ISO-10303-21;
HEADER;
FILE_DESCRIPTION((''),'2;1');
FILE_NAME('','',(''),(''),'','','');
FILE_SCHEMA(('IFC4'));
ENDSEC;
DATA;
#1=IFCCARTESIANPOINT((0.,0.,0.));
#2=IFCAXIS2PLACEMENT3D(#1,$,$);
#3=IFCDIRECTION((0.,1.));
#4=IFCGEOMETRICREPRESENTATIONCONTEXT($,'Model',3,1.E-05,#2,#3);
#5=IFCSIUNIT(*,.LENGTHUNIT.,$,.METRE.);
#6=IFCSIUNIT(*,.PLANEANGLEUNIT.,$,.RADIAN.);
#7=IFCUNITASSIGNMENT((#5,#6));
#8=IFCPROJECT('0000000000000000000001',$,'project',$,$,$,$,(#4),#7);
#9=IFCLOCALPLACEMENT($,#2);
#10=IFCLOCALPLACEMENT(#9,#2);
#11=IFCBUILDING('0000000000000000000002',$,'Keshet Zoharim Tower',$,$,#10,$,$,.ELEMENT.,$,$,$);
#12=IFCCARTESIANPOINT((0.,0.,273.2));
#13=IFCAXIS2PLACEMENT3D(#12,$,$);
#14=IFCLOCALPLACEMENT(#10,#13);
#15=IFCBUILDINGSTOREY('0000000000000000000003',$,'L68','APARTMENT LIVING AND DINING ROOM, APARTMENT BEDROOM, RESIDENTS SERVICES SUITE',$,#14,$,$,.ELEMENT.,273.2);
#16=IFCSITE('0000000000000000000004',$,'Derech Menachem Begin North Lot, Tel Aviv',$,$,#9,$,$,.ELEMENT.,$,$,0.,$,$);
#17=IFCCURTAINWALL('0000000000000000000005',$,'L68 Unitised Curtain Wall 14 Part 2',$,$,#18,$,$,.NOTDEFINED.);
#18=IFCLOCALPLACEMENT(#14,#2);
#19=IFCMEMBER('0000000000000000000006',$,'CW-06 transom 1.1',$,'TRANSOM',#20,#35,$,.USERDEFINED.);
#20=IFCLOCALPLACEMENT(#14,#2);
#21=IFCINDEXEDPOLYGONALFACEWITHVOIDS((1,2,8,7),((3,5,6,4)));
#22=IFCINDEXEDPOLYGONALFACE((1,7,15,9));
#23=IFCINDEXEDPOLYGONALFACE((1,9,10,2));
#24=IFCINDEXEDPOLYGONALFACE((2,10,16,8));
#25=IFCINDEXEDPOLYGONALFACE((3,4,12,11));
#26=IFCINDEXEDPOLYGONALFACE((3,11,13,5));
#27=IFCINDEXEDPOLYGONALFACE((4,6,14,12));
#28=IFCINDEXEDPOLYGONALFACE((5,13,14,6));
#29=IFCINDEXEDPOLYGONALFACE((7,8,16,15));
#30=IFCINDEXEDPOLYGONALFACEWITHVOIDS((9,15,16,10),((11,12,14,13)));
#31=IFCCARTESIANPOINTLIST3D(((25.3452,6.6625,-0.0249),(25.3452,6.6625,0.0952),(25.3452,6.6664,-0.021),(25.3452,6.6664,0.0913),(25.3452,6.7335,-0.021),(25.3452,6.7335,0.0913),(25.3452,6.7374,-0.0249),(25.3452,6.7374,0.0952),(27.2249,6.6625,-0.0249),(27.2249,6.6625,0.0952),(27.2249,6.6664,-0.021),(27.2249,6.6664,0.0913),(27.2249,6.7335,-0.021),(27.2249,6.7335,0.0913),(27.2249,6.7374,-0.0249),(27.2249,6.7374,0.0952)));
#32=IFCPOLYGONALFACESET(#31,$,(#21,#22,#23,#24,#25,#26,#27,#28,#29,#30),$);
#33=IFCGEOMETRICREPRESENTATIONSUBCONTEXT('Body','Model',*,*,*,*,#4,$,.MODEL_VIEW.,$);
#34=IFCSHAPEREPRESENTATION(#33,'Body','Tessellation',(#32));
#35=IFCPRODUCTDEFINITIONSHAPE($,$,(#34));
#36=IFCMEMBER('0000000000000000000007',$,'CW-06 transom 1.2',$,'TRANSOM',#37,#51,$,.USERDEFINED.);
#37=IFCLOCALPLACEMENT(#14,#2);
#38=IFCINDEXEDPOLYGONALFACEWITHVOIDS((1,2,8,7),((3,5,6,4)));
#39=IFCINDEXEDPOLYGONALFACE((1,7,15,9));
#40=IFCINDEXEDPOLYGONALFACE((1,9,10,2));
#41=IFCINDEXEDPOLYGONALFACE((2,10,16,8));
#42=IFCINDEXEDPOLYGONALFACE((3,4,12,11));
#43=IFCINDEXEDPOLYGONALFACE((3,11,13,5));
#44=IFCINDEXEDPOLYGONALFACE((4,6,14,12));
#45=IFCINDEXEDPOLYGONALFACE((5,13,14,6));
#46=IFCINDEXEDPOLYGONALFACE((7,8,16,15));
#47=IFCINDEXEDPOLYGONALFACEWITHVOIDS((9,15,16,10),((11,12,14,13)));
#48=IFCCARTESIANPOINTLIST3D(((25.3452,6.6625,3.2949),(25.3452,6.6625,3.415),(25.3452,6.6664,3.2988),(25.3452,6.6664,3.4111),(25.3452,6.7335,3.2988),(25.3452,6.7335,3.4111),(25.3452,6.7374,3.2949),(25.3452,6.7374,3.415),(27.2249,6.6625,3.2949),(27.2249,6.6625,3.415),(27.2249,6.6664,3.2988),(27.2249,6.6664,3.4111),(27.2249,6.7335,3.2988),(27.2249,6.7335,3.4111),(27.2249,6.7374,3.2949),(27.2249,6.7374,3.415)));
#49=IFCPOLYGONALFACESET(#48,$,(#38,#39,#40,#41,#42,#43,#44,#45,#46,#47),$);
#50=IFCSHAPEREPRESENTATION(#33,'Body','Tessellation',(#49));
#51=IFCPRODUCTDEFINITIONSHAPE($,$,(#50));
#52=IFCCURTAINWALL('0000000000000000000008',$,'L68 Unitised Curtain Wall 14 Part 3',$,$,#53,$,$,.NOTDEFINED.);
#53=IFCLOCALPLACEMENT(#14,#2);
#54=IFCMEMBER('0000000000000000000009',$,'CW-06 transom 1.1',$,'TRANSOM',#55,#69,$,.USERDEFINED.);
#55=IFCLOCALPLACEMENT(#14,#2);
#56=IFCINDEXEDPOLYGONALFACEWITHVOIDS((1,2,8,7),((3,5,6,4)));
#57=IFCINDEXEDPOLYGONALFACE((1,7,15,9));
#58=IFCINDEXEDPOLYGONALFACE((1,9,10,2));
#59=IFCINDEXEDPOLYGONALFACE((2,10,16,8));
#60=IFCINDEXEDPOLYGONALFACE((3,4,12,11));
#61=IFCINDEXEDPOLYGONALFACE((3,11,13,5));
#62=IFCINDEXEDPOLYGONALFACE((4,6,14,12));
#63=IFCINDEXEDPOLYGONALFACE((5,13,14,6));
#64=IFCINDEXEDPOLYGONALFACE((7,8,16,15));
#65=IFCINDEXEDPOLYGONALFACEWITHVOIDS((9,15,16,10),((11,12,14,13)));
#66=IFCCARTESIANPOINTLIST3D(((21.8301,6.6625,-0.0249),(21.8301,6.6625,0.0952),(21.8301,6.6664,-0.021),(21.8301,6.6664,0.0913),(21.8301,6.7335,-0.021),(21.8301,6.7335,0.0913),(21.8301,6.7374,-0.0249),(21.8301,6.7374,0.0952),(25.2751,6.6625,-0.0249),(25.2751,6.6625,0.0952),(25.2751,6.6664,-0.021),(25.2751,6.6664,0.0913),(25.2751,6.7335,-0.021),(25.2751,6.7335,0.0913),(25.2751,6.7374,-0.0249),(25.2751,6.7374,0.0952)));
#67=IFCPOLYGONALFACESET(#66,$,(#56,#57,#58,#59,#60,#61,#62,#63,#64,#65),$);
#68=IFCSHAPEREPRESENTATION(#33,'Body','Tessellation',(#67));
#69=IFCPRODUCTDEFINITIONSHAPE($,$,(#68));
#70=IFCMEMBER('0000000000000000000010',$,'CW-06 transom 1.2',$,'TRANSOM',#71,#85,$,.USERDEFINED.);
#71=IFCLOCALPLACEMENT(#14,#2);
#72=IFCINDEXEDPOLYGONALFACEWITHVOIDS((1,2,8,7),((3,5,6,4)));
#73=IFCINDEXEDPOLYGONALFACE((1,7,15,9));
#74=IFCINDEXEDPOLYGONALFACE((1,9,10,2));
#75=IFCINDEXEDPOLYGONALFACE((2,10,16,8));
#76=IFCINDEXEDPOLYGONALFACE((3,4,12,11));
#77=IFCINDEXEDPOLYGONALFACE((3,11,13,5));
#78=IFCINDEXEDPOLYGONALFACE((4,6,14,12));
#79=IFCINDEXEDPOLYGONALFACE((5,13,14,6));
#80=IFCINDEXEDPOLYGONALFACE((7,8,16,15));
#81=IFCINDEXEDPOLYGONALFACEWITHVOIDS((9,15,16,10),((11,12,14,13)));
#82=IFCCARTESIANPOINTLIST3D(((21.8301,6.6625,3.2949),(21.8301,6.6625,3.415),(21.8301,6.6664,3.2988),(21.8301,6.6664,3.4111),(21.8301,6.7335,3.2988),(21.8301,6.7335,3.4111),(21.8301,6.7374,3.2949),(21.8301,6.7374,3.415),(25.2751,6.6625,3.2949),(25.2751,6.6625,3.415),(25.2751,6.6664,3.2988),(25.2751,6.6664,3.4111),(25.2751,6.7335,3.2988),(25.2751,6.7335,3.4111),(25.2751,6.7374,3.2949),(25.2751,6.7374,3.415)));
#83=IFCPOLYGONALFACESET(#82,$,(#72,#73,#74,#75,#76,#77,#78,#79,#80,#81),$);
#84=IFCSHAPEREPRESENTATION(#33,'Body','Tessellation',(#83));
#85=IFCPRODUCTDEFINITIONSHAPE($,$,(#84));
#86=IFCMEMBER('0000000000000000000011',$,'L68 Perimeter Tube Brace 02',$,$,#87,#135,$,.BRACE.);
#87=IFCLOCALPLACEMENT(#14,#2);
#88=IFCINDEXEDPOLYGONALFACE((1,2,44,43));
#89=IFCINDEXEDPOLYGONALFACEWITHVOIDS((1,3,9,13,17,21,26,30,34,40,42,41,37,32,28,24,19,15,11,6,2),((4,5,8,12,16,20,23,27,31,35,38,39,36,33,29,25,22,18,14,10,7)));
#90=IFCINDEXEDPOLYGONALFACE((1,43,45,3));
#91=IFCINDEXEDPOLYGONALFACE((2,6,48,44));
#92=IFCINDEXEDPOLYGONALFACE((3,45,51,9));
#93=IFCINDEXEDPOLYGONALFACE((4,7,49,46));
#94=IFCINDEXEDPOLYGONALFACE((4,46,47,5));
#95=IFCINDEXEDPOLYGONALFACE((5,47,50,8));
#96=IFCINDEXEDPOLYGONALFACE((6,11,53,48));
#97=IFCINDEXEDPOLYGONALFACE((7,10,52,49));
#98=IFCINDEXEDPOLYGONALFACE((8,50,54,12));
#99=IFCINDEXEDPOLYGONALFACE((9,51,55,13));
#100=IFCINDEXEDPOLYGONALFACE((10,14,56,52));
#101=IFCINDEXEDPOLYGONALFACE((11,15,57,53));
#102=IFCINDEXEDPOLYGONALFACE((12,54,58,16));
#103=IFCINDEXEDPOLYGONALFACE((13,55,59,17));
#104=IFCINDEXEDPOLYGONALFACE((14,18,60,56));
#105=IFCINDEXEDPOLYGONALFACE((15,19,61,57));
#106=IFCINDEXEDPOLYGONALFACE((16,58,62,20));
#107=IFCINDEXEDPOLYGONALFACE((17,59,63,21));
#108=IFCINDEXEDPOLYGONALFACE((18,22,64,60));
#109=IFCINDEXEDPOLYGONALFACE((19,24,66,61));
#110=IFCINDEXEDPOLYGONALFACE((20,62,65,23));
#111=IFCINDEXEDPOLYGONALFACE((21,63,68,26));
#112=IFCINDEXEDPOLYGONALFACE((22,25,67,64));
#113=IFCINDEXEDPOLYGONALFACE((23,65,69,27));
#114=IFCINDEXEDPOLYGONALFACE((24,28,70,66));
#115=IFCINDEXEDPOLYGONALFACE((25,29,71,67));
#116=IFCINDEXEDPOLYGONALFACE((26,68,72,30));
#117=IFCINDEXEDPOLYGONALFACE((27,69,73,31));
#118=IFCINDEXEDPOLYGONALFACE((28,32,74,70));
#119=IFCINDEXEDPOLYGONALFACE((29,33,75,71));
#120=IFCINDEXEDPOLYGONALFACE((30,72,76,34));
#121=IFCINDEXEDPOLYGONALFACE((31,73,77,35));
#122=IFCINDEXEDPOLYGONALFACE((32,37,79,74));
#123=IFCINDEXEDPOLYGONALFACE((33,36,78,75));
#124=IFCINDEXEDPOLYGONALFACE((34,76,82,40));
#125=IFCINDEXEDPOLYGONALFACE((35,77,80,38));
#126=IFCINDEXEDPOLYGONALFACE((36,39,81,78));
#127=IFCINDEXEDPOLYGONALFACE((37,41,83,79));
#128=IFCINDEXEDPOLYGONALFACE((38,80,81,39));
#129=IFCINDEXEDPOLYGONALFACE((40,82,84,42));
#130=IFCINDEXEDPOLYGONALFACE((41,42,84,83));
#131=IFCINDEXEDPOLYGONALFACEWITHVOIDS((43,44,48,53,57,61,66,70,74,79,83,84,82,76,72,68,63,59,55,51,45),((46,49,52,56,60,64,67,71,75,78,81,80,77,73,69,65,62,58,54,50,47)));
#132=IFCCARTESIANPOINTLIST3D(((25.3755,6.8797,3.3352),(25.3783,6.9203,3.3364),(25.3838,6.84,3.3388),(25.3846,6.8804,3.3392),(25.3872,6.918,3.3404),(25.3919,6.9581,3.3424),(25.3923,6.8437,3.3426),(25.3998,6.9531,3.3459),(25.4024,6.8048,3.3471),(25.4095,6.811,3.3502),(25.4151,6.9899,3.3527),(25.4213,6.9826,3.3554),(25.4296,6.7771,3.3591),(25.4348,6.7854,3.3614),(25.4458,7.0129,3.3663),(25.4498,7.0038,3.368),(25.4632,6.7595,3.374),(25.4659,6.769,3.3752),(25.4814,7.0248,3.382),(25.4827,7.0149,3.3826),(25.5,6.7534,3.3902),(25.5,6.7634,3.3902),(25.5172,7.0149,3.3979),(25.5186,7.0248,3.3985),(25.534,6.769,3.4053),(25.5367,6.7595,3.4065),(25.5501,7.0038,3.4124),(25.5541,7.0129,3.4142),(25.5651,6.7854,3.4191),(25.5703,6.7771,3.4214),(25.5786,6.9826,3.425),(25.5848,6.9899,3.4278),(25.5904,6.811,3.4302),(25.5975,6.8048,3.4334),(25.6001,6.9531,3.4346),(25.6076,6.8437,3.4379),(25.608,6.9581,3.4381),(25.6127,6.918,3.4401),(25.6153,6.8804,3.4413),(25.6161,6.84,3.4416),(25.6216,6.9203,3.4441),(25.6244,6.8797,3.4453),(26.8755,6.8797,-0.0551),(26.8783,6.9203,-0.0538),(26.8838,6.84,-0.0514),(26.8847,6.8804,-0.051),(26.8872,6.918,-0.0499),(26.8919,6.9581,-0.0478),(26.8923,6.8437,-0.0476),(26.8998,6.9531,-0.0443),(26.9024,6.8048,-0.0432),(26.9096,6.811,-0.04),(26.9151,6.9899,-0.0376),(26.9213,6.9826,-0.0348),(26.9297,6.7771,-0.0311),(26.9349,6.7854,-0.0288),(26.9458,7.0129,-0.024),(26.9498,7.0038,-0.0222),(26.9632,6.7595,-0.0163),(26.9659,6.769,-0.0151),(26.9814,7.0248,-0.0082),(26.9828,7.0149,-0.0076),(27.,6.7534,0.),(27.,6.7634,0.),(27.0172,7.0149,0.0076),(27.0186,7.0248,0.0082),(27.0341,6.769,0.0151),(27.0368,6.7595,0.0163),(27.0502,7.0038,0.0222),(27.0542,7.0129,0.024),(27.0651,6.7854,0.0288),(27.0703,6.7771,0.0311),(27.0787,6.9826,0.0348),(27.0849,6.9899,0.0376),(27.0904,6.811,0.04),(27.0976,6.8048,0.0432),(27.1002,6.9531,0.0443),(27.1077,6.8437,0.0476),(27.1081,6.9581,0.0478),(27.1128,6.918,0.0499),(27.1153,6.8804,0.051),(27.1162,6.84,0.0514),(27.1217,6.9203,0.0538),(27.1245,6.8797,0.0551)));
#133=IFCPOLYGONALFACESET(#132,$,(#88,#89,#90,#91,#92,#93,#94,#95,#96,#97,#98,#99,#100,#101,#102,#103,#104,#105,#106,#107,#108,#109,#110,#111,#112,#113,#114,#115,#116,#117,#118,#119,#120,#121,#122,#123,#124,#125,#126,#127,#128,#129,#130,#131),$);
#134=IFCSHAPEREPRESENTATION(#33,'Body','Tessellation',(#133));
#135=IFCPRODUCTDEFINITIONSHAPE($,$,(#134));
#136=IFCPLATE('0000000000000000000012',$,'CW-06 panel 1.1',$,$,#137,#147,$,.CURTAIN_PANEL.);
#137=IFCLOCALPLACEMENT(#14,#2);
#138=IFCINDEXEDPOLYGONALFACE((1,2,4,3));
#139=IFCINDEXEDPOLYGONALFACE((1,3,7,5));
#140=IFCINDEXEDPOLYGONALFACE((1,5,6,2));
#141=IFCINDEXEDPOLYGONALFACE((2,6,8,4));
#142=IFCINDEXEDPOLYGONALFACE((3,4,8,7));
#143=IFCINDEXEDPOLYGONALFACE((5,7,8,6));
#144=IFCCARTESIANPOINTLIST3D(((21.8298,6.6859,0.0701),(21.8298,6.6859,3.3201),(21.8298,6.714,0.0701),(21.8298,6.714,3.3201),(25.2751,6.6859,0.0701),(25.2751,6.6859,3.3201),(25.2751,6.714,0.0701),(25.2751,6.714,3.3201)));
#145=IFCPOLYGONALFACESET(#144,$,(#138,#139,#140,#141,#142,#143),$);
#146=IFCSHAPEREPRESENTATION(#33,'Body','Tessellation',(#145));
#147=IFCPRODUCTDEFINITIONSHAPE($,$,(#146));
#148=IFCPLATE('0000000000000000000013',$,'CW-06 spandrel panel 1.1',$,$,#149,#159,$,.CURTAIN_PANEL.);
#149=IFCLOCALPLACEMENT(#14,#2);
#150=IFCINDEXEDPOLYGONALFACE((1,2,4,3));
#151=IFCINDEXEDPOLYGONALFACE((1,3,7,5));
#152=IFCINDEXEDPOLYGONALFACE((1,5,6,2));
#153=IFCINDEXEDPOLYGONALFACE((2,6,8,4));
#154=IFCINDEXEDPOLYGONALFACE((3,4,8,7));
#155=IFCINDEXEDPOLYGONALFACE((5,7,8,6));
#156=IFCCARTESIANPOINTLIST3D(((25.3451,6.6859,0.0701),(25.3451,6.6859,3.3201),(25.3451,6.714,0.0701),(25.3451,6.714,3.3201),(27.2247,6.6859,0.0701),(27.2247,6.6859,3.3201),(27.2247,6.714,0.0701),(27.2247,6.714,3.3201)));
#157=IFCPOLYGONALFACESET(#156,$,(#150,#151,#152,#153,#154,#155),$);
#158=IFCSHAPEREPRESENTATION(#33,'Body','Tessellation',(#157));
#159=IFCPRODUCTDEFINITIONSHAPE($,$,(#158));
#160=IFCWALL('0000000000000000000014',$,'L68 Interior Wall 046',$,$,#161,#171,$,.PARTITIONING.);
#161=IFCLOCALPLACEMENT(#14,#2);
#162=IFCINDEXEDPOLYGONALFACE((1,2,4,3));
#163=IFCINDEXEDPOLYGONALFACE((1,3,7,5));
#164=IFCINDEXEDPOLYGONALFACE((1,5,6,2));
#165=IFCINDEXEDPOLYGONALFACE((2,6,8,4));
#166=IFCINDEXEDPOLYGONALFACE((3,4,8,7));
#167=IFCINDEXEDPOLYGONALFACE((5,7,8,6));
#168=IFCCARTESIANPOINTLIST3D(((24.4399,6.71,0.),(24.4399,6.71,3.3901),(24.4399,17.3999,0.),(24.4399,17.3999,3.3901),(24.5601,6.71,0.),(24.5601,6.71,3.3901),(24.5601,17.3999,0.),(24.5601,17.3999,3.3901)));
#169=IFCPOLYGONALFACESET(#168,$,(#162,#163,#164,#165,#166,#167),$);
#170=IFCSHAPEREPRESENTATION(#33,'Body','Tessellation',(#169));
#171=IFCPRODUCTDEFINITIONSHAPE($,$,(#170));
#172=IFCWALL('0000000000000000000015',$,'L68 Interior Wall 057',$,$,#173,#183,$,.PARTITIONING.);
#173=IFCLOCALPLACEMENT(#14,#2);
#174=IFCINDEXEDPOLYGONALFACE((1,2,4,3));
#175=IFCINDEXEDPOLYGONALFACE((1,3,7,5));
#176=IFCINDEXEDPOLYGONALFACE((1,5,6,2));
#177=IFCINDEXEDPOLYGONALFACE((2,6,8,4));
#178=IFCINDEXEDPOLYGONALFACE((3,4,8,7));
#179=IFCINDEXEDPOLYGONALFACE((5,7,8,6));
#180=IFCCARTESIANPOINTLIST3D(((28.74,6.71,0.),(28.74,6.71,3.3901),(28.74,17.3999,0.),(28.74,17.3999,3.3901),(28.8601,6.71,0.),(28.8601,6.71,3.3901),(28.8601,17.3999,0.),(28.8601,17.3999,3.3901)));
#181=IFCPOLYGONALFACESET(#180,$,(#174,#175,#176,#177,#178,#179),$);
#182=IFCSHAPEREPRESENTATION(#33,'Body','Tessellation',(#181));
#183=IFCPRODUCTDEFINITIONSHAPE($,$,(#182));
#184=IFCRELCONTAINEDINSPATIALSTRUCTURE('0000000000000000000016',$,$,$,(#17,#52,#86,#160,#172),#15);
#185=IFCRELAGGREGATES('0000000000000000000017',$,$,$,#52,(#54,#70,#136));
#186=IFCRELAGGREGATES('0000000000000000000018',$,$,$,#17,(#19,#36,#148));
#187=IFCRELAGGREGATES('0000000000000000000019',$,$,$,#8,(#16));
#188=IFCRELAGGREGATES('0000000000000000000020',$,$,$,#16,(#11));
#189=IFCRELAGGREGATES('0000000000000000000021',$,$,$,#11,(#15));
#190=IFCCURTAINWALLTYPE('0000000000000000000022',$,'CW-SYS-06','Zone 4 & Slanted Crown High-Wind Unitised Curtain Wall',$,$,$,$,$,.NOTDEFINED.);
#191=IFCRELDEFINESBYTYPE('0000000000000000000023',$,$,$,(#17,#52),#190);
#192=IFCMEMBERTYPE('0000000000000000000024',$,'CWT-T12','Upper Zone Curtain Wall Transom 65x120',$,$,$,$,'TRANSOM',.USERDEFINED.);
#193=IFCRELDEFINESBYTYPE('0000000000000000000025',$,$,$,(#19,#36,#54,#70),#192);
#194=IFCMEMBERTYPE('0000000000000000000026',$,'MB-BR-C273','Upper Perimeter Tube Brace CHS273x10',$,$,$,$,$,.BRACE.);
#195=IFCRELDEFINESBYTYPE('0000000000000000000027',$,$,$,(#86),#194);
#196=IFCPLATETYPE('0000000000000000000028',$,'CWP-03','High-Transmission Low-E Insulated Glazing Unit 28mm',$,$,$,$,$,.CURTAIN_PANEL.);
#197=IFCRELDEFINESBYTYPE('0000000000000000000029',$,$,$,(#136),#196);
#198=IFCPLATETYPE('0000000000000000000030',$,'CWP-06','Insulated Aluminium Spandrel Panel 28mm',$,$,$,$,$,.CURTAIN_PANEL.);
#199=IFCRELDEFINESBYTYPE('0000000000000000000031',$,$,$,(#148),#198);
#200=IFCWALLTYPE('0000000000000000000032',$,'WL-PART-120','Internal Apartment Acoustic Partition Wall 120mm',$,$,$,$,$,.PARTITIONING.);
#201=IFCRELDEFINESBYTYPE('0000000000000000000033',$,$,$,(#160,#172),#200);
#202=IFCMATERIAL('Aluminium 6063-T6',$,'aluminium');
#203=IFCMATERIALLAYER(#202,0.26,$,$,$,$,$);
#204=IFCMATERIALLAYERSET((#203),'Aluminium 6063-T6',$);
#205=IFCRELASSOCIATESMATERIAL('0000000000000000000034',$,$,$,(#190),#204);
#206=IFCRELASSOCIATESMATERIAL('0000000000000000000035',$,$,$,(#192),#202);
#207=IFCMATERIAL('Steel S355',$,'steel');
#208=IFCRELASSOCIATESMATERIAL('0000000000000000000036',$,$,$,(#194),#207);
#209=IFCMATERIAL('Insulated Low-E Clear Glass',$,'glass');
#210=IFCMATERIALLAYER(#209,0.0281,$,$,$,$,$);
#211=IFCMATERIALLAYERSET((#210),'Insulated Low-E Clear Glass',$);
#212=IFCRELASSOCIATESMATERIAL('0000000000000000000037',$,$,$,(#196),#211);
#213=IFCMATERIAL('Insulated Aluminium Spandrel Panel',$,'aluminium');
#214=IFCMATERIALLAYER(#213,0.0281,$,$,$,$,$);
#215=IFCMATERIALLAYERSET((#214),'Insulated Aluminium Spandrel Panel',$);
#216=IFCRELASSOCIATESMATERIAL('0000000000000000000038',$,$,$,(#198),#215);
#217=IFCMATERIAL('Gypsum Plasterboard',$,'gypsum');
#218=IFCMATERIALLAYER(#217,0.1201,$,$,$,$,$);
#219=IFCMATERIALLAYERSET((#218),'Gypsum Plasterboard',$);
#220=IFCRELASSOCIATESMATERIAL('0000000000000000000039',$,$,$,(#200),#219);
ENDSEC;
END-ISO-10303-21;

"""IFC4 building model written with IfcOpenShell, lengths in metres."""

from ifc_helpers import new_model, si_unit, direction, frame, frame_2d, origin, origin_2d, place, context, subcontext, project, spatial, rectangle, hollow_rectangle, hollow_circle, extrude, material, layer, layer_set, material_profile, profile_set, type_object, element, aggregate, save


model = new_model("IFC4")

# Units and contexts
model_context = context("Model", 3, precision=1e-05, world=origin(), true_north=direction((0.0, 1.0)))
body_context = subcontext(model_context, "Body", "Model", "MODEL_VIEW")
ifc_project = project(units=[si_unit("LENGTHUNIT", "METRE"), si_unit("PLANEANGLEUNIT", "RADIAN")], contexts=[model_context])

# Site, building, storey
site_placement = place(None, origin())
site = spatial("IfcSite", under=ifc_project, at=site_placement, Name="Derech Menachem Begin North Lot, Tel Aviv", CompositionType="ELEMENT", RefElevation=0.0)
building_placement = place(site_placement, origin())
building = spatial("IfcBuilding", under=site, at=building_placement, Name="Keshet Zoharim Tower", CompositionType="ELEMENT")
storey_placement = place(building_placement, frame((0.0, 0.0, 273.2)))
storey = spatial("IfcBuildingStorey", under=building, at=storey_placement, Name="L68", Description="APARTMENT LIVING AND DINING ROOM, APARTMENT BEDROOM, RESIDENTS SERVICES SUITE", CompositionType="ELEMENT", Elevation=273.2)

# Shared definitions
ifc_material_1 = material(Name="Steel S355", Category="steel")

# Shared definitions
ifc_material_2 = material(Name="Aluminium 6063-T6", Category="aluminium")
ifc_layer_1 = layer(ifc_material_2, 0.26)
ifc_layer_set_1 = layer_set([ifc_layer_1], Name="Aluminium 6063-T6")
curtain_wall_type = type_object("IfcCurtainWallType", Name="CW-SYS-06", Description="Zone 4 & Slanted Crown High-Wind Unitised Curtain Wall", PredefinedType="NOTDEFINED", material=ifc_layer_set_1)

# Curtain walls, members
curtain_wall_1_placement = place(storey_placement, origin())
curtain_wall_1 = element("IfcCurtainWall", 1, at=curtain_wall_1_placement, inside=storey, type_object=curtain_wall_type, Name="L68 Unitised Curtain Wall 14 Part 2", PredefinedType="NOTDEFINED")
ifc_material_profile_1 = material_profile(ifc_material_2, hollow_rectangle(XDim=0.075, YDim=0.1201, WallThickness=0.0039, at=origin_2d()), Name="TRN-75x120")
ifc_profile_set_1 = profile_set([ifc_material_profile_1], Name="Aluminium 6063-T6")
member_type_1 = type_object("IfcMemberType", Name="CWT-T12", Description="Upper Zone Curtain Wall Transom 65x120", ElementType="TRANSOM", PredefinedType="USERDEFINED", material=ifc_profile_set_1)
member_1_placement = place(storey_placement, frame((27.2249, 6.7, 0.0352), z_axis=(-1.0, 0.0, 0.0), x_axis=(0.0, -1.0, 0.0)))
member_1 = element("IfcMember", 2, at=member_1_placement, type_object=member_type_1, Name="CW-06 transom 1.1", ObjectType="TRANSOM", PredefinedType="USERDEFINED", context=body_context, shape_type="SweptSolid", body=[
    extrude(hollow_rectangle(XDim=0.075, YDim=0.1201, WallThickness=0.0039, at=origin_2d()), origin(), (0.0, 0.0, 1.0), 1.8796),
])
member_2_placement = place(storey_placement, frame((27.2249, 6.7, 3.355), z_axis=(-1.0, 0.0, 0.0), x_axis=(0.0, -1.0, 0.0)))
member_2 = element("IfcMember", 3, at=member_2_placement, type_object=member_type_1, Name="CW-06 transom 1.2", ObjectType="TRANSOM", PredefinedType="USERDEFINED", context=body_context, shape_type="SweptSolid", body=[
    extrude(hollow_rectangle(XDim=0.075, YDim=0.1201, WallThickness=0.0039, at=origin_2d()), origin(), (0.0, 0.0, 1.0), 1.8796),
])
curtain_wall_2_placement = place(storey_placement, origin())
curtain_wall_2 = element("IfcCurtainWall", 4, at=curtain_wall_2_placement, inside=storey, type_object=curtain_wall_type, Name="L68 Unitised Curtain Wall 14 Part 3", PredefinedType="NOTDEFINED")
member_3_placement = place(storey_placement, frame((25.2751, 6.7, 0.0352), z_axis=(-1.0, 0.0, 0.0), x_axis=(0.0, -1.0, 0.0)))
member_3 = element("IfcMember", 5, at=member_3_placement, type_object=member_type_1, Name="CW-06 transom 1.1", ObjectType="TRANSOM", PredefinedType="USERDEFINED", context=body_context, shape_type="SweptSolid", body=[
    extrude(hollow_rectangle(XDim=0.075, YDim=0.1201, WallThickness=0.0039, at=origin_2d()), origin(), (0.0, 0.0, 1.0), 3.4451),
])
member_4_placement = place(storey_placement, frame((25.2751, 6.7, 3.355), z_axis=(-1.0, 0.0, 0.0), x_axis=(0.0, -1.0, 0.0)))
member_4 = element("IfcMember", 6, at=member_4_placement, type_object=member_type_1, Name="CW-06 transom 1.2", ObjectType="TRANSOM", PredefinedType="USERDEFINED", context=body_context, shape_type="SweptSolid", body=[
    extrude(hollow_rectangle(XDim=0.075, YDim=0.1201, WallThickness=0.0039, at=origin_2d()), origin(), (0.0, 0.0, 1.0), 3.4451),
])

# Member
ifc_material_profile_2 = material_profile(ifc_material_1, hollow_circle(Radius=0.1365, WallThickness=0.01, at=origin_2d()), Name="CHS273x10")
ifc_profile_set_2 = profile_set([ifc_material_profile_2], Name="Steel S355")
member_type_2 = type_object("IfcMemberType", Name="MB-BR-C273", Description="Upper Perimeter Tube Brace CHS273x10", PredefinedType="BRACE", material=ifc_profile_set_2)
member_5_placement = place(storey_placement, frame((27.0, 6.8899, 0.0), z_axis=(-0.404623, 0.0, 0.914484), x_axis=(0.0, -1.0, 0.0)))
element("IfcMember", 7, at=member_5_placement, inside=storey, type_object=member_type_2, Name="L68 Perimeter Tube Brace 02", PredefinedType="BRACE", context=body_context, shape_type="SweptSolid", body=[
    extrude(hollow_circle(Radius=0.1365, WallThickness=0.01, at=origin_2d()), origin(), (0.0, 0.0, 1.0), 3.7073),
])

# Plates
ifc_material_3 = material(Name="Insulated Low-E Clear Glass", Category="glass")
ifc_layer_2 = layer(ifc_material_3, 0.0281)
ifc_layer_set_2 = layer_set([ifc_layer_2], Name="Insulated Low-E Clear Glass")
plate_type_1 = type_object("IfcPlateType", Name="CWP-03", Description="High-Transmission Low-E Insulated Glazing Unit 28mm", PredefinedType="CURTAIN_PANEL", material=ifc_layer_set_2)
plate_1_placement = place(storey_placement, frame((23.5525, 6.7, 0.0701), z_axis=(0.0, 0.0, 1.0), x_axis=(-1.0, 0.0, 0.0)))
plate_1 = element("IfcPlate", 8, at=plate_1_placement, type_object=plate_type_1, Name="CW-06 panel 1.1", PredefinedType="CURTAIN_PANEL", context=body_context, shape_type="SweptSolid", body=[
    extrude(rectangle(XDim=3.4453, YDim=0.0281, at=origin_2d()), origin(), (0.0, 0.0, 1.0), 3.25),
])
aggregate(curtain_wall_2, [member_3, member_4, plate_1])
ifc_material_4 = material(Name="Insulated Aluminium Spandrel Panel", Category="aluminium")
ifc_layer_3 = layer(ifc_material_4, 0.0281)
ifc_layer_set_3 = layer_set([ifc_layer_3], Name="Insulated Aluminium Spandrel Panel")
plate_type_2 = type_object("IfcPlateType", Name="CWP-06", Description="Insulated Aluminium Spandrel Panel 28mm", PredefinedType="CURTAIN_PANEL", material=ifc_layer_set_3)
plate_2_placement = place(storey_placement, frame((26.2849, 6.7, 0.0701), z_axis=(0.0, 0.0, 1.0), x_axis=(-1.0, 0.0, 0.0)))
plate_2 = element("IfcPlate", 9, at=plate_2_placement, type_object=plate_type_2, Name="CW-06 spandrel panel 1.1", PredefinedType="CURTAIN_PANEL", context=body_context, shape_type="SweptSolid", body=[
    extrude(rectangle(XDim=1.8796, YDim=0.0281, at=origin_2d()), origin(), (0.0, 0.0, 1.0), 3.25),
])
aggregate(curtain_wall_1, [member_1, member_2, plate_2])

# Walls
ifc_material_5 = material(Name="Gypsum Plasterboard", Category="gypsum")
ifc_layer_4 = layer(ifc_material_5, 0.1201)
ifc_layer_set_4 = layer_set([ifc_layer_4], Name="Gypsum Plasterboard")
wall_type_1 = type_object("IfcWallType", Name="WL-PART-120", Description="Internal Apartment Acoustic Partition Wall 120mm", PredefinedType="PARTITIONING", material=ifc_layer_set_4)
for number, where, z_axis, x_axis, name in (
    (10, (24.5, 6.71, 0.0), (0.0, 0.0, 1.0), (0.0, 1.0, 0.0), "L68 Interior Wall 046"),
    (11, (28.8, 6.71, 0.0), (0.0, 0.0, 1.0), (0.0, 1.0, 0.0), "L68 Interior Wall 057"),
):
    element("IfcWall", number, at=place(storey_placement, frame(where, z_axis=z_axis, x_axis=x_axis)), inside=storey, type_object=wall_type_1, Name=name, PredefinedType="PARTITIONING", context=body_context, shape_type="SweptSolid", body=[
        extrude(rectangle(XDim=10.6899, YDim=0.1201, at=frame_2d((5.345, 0.0))), origin(), (0.0, 0.0, 1.0), 3.3901),
    ])

save(model, "model.ifc")
